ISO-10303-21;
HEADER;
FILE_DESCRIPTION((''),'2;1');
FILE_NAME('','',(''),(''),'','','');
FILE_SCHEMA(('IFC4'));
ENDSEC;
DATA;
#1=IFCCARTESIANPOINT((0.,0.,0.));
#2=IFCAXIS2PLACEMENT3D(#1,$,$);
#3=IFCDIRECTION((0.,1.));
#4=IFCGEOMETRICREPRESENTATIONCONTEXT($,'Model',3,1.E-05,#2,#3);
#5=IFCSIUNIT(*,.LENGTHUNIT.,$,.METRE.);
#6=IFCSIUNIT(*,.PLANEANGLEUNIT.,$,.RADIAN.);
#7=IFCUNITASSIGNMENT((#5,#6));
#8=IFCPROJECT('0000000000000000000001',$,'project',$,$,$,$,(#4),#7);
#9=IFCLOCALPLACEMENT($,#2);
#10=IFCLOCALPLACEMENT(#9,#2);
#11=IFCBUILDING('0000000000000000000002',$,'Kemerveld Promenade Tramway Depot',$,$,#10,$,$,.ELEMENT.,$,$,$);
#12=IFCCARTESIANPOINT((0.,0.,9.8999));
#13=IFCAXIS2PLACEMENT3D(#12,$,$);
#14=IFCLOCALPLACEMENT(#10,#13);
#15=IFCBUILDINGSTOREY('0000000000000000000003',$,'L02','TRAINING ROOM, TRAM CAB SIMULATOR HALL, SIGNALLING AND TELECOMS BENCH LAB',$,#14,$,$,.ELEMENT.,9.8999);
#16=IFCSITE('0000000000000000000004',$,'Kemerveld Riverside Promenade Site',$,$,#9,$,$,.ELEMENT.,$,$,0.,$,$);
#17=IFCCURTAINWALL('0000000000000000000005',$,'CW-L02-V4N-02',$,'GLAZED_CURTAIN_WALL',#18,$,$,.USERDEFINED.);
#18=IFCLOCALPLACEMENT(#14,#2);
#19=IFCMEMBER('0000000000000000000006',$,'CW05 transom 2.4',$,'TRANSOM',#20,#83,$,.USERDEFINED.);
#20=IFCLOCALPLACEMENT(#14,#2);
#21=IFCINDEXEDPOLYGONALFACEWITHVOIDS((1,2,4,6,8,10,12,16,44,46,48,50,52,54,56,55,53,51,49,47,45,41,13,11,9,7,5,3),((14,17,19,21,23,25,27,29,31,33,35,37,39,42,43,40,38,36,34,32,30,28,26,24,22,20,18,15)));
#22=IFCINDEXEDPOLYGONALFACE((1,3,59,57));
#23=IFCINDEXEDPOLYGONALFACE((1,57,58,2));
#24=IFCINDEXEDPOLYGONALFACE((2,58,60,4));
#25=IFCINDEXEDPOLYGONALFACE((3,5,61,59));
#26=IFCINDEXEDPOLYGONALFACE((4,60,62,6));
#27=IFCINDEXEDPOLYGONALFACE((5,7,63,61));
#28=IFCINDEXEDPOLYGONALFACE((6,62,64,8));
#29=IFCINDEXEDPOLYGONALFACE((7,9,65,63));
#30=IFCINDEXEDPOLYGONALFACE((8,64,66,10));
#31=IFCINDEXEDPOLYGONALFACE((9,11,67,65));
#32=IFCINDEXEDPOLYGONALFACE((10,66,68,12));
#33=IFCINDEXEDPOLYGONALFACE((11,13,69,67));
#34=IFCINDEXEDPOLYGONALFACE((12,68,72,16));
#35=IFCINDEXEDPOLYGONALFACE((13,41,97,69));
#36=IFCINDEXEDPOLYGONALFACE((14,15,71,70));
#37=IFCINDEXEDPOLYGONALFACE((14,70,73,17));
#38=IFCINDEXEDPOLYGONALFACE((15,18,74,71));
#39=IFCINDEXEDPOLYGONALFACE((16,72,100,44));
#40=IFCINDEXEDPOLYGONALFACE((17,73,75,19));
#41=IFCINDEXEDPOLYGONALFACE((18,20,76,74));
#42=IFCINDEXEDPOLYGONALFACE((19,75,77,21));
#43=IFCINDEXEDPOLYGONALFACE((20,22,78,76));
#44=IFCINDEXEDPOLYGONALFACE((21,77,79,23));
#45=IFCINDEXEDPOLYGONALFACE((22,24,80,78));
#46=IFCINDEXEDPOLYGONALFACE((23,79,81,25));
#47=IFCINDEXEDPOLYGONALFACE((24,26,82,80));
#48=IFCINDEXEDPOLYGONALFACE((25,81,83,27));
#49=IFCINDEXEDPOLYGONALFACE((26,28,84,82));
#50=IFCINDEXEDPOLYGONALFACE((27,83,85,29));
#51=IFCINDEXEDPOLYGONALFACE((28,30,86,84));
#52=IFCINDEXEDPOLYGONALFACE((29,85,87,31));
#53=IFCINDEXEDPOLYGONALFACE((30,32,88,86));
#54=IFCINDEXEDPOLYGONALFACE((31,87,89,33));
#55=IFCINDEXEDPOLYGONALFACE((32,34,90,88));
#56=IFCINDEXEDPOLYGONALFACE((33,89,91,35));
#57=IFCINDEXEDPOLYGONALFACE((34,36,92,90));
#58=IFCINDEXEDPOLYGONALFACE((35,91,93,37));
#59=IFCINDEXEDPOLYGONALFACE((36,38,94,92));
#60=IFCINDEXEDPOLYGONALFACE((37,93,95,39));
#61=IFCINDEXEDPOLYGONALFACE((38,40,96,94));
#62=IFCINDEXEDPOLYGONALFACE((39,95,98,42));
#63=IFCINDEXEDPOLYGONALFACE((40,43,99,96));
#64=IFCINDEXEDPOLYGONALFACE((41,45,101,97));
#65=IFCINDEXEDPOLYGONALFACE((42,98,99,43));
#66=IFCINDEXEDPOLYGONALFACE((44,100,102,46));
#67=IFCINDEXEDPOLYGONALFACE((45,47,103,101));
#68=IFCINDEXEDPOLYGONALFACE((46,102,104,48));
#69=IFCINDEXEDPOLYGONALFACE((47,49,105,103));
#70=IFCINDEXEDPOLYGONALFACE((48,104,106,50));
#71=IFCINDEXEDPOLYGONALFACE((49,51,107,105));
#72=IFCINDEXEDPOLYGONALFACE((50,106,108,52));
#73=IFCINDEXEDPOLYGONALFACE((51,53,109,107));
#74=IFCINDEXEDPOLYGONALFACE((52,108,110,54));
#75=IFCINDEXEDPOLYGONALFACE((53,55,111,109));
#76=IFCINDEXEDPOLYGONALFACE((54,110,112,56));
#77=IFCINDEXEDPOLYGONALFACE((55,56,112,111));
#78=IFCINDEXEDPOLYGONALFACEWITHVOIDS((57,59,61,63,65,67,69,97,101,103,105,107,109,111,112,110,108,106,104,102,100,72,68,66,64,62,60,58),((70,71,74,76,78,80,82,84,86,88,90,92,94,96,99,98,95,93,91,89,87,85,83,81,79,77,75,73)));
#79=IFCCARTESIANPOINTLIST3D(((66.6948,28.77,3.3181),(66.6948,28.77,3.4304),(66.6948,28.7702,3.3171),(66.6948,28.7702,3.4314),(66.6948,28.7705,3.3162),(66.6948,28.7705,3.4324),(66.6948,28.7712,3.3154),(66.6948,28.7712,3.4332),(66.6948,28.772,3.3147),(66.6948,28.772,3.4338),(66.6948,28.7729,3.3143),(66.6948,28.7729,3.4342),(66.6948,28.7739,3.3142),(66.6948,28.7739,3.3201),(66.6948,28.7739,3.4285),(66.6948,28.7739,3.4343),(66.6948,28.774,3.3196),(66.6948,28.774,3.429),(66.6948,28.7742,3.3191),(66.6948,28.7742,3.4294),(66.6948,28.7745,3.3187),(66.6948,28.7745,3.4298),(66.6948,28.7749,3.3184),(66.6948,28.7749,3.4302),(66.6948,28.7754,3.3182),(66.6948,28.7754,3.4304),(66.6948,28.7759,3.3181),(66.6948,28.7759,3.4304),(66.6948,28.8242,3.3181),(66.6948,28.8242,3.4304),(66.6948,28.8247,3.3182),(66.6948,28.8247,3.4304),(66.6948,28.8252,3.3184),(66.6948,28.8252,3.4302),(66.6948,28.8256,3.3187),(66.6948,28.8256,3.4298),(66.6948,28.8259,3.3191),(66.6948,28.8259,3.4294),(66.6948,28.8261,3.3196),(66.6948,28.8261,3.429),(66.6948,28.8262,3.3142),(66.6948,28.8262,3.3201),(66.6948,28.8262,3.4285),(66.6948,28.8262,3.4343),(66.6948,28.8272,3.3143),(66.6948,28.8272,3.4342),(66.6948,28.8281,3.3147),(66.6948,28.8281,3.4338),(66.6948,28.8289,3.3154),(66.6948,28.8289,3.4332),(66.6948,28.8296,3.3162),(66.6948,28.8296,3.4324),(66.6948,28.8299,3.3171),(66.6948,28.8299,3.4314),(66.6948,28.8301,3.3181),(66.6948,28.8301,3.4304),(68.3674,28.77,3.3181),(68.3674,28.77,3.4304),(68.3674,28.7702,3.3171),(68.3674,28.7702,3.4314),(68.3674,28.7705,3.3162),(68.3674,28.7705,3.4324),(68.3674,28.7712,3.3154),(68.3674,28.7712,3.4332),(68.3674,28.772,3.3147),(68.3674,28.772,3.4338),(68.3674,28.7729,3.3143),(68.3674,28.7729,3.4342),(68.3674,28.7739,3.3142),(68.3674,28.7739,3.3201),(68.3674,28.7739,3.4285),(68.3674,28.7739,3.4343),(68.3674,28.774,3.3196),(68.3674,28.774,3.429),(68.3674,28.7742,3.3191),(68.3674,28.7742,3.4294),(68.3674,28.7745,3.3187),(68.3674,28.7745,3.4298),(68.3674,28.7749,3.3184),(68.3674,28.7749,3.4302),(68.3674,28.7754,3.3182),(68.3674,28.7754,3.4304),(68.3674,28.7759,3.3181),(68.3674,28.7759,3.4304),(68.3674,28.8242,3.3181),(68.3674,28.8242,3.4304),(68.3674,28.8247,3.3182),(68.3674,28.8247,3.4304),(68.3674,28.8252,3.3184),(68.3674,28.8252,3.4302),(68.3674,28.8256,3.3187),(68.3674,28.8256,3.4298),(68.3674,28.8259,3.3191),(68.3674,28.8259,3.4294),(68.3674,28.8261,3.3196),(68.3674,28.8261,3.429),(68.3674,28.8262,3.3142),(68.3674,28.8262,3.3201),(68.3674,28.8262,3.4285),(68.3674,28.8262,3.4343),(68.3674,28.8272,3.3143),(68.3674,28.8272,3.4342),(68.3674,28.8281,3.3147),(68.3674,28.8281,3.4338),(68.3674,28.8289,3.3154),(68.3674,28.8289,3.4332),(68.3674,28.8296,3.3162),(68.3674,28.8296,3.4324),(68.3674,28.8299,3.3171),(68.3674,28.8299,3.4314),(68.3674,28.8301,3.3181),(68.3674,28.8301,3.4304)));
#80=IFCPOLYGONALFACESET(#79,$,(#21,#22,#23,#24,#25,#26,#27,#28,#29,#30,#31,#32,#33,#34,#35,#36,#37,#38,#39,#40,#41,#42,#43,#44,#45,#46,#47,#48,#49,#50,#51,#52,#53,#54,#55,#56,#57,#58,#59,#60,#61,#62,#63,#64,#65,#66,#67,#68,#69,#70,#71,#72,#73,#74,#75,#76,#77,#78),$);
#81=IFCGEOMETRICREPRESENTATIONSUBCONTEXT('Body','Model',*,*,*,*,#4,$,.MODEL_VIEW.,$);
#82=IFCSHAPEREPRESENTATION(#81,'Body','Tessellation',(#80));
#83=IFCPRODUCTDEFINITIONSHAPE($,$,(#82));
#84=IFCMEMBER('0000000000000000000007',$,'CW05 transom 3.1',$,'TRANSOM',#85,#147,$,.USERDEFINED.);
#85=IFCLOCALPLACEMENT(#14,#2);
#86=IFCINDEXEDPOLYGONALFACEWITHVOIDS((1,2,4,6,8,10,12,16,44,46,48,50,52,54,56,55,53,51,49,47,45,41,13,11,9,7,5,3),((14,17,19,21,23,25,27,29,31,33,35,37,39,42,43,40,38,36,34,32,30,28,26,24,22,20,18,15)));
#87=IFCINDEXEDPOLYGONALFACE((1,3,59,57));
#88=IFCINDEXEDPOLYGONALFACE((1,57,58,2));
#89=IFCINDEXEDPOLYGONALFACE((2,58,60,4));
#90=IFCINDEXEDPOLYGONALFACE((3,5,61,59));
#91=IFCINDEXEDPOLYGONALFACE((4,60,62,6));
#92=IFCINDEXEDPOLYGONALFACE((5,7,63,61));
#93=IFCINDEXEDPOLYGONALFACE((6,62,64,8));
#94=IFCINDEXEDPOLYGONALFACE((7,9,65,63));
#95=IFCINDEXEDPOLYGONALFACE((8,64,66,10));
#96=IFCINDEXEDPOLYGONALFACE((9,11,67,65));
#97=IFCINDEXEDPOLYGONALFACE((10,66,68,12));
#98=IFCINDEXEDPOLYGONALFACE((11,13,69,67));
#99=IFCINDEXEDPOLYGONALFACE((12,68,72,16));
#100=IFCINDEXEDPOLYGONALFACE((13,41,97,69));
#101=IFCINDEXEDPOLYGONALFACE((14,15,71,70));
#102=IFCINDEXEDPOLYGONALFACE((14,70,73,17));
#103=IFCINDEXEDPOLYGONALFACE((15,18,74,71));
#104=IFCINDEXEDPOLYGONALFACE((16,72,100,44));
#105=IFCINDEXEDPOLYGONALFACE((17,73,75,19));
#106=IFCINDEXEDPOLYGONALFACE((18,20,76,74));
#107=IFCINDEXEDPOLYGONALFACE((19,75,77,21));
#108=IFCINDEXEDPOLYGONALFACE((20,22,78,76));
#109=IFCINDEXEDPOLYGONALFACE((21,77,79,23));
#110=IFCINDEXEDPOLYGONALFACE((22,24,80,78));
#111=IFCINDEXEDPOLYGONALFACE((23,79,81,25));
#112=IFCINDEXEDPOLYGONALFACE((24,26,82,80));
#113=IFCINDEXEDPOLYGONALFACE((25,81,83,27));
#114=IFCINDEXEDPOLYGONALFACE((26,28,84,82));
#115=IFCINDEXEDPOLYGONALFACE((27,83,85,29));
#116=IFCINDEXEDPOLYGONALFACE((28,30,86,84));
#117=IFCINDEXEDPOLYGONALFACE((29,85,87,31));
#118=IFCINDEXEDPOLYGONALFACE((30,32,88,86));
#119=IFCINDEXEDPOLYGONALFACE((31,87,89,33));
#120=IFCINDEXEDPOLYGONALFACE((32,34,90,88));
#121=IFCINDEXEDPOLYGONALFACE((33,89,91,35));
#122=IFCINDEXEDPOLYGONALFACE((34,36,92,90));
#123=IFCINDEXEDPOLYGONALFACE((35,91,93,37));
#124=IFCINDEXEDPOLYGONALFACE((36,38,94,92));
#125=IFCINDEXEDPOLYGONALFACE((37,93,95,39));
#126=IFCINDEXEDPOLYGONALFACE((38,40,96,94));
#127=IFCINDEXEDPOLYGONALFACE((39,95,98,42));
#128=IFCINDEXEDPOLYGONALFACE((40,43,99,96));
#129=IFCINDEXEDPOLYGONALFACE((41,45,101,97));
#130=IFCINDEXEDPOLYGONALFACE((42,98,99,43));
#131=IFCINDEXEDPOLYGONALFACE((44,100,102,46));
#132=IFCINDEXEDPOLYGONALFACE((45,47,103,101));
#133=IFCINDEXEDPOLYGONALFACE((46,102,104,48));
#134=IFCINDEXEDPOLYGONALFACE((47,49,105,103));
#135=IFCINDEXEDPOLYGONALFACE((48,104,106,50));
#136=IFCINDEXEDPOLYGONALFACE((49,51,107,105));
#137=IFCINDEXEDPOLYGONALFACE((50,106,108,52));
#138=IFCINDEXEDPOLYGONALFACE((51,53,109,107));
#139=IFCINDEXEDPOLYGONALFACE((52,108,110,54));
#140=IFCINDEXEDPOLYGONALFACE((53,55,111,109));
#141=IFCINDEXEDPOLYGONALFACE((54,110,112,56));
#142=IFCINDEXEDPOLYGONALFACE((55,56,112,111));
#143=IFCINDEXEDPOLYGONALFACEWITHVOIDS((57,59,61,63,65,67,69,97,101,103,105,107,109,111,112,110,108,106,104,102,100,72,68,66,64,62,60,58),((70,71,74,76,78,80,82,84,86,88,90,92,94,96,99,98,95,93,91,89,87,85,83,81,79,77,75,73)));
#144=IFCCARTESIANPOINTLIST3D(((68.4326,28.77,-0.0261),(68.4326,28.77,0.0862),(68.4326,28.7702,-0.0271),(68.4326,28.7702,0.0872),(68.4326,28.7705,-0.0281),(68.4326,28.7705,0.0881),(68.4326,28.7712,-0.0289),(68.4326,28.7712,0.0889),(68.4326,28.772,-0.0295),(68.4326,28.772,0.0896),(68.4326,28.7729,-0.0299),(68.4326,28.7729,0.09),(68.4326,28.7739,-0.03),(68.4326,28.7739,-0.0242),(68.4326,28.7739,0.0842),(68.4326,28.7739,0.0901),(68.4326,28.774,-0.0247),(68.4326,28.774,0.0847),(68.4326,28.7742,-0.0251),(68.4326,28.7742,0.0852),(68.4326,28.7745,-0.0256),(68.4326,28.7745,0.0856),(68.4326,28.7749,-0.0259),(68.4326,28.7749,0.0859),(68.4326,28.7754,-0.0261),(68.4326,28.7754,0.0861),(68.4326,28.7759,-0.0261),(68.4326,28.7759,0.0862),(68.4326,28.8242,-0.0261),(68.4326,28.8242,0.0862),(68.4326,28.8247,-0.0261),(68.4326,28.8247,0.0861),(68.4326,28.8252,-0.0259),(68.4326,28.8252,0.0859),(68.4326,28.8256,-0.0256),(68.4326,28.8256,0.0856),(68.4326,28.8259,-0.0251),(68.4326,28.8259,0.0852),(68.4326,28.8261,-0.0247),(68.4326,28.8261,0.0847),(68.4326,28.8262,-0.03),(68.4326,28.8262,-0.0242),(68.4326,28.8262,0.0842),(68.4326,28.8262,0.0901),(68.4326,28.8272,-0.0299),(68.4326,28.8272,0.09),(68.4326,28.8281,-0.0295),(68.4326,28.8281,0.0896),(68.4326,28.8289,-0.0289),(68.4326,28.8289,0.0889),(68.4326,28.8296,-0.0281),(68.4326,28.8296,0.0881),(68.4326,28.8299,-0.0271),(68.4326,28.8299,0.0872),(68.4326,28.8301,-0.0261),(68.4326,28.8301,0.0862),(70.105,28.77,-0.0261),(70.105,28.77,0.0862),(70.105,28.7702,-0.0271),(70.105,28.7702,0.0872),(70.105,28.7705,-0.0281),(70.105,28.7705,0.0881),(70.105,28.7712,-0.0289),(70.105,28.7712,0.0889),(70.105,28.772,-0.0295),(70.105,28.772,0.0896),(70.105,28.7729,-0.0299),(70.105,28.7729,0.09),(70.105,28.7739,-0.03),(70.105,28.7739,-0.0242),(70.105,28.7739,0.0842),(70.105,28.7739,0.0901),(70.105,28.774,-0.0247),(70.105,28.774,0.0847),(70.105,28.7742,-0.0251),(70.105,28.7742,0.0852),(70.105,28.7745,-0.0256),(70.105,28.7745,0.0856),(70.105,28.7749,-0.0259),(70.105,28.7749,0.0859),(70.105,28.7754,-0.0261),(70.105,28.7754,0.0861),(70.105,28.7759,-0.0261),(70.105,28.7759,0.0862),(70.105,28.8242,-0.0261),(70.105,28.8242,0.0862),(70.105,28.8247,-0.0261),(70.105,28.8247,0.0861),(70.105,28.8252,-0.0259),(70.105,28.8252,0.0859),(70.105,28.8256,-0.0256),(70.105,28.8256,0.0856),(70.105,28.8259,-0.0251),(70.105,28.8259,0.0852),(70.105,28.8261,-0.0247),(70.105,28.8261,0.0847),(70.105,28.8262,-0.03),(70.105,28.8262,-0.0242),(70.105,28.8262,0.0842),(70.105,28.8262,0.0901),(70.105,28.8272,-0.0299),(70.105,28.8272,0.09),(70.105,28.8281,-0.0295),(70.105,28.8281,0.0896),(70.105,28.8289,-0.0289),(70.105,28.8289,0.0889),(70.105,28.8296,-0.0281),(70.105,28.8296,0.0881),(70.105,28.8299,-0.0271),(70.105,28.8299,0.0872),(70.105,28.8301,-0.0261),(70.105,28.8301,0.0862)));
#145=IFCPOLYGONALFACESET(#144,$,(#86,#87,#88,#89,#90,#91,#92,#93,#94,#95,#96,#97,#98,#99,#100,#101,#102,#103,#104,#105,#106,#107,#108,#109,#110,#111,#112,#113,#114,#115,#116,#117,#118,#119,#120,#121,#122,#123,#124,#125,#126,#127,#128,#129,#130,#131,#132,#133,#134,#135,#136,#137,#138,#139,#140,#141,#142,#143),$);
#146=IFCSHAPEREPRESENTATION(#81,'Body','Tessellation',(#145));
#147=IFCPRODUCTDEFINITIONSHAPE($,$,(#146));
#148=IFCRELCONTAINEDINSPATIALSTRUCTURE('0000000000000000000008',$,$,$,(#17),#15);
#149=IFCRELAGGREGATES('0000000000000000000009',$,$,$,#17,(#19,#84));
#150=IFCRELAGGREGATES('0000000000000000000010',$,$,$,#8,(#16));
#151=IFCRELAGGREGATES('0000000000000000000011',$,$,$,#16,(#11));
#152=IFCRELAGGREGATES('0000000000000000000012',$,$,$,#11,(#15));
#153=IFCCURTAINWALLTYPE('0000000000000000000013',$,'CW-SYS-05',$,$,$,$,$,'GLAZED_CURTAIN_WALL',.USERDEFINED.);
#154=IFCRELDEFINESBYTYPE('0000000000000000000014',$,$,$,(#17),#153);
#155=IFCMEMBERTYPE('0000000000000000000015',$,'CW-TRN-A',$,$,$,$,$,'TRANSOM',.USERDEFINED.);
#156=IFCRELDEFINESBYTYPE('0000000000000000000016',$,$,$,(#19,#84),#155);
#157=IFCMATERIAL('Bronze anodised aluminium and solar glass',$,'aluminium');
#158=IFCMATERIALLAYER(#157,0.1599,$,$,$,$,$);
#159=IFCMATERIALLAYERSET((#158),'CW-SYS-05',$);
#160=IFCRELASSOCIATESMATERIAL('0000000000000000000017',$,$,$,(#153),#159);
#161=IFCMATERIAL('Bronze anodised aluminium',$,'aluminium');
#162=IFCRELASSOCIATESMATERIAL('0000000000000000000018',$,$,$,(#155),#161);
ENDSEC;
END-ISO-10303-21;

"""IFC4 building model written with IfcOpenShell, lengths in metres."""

from ifc_helpers import new_model, si_unit, direction, frame, origin, origin_2d, place, context, subcontext, project, spatial, hollow_rectangle, extrude, material, layer, layer_set, material_profile, profile_set, type_object, element, aggregate, save


model = new_model("IFC4")

# Units and contexts
model_context = context("Model", 3, precision=1e-05, world=origin(), true_north=direction((0.0, 1.0)))
body_context = subcontext(model_context, "Body", "Model", "MODEL_VIEW")
ifc_project = project(units=[si_unit("LENGTHUNIT", "METRE"), si_unit("PLANEANGLEUNIT", "RADIAN")], contexts=[model_context])

# Site, building, storey
site_placement = place(None, origin())
site = spatial("IfcSite", under=ifc_project, at=site_placement, Name="Kemerveld Riverside Promenade Site", CompositionType="ELEMENT", RefElevation=0.0)
building_placement = place(site_placement, origin())
building = spatial("IfcBuilding", under=site, at=building_placement, Name="Kemerveld Promenade Tramway Depot", CompositionType="ELEMENT")
storey_placement = place(building_placement, frame((0.0, 0.0, 9.8999)))
storey = spatial("IfcBuildingStorey", under=building, at=storey_placement, Name="L02", Description="TRAINING ROOM, TRAM CAB SIMULATOR HALL, SIGNALLING AND TELECOMS BENCH LAB", CompositionType="ELEMENT", Elevation=9.8999)

# Curtain wall, members
ifc_material_1 = material(Name="Bronze anodised aluminium and solar glass", Category="aluminium")
ifc_layer_1 = layer(ifc_material_1, 0.1599)
ifc_layer_set_1 = layer_set([ifc_layer_1], Name="CW-SYS-05")
curtain_wall_type = type_object("IfcCurtainWallType", Name="CW-SYS-05", ElementType="GLAZED_CURTAIN_WALL", PredefinedType="USERDEFINED", material=ifc_layer_set_1)
curtain_wall_placement = place(storey_placement, origin())
curtain_wall = element("IfcCurtainWall", 1, at=curtain_wall_placement, inside=storey, type_object=curtain_wall_type, Name="CW-L02-V4N-02", ObjectType="GLAZED_CURTAIN_WALL", PredefinedType="USERDEFINED")
ifc_material_2 = material(Name="Bronze anodised aluminium", Category="aluminium")
ifc_material_profile_1 = material_profile(ifc_material_2, hollow_rectangle(XDim=0.0601, YDim=0.1201, WallThickness=0.0039, InnerFilletRadius=0.002, OuterFilletRadius=0.0039, at=origin_2d()), Name="CW-TRN-120x60")
ifc_profile_set_1 = profile_set([ifc_material_profile_1], Name="Bronze anodised aluminium")
member_type_1 = type_object("IfcMemberType", Name="CW-TRN-A", ElementType="TRANSOM", PredefinedType="USERDEFINED", material=ifc_profile_set_1)
member_1_placement = place(storey_placement, frame((66.6948, 28.8, 3.3743), z_axis=(1.0, 0.0, 0.0), x_axis=(0.0, 1.0, 0.0)))
member_1 = element("IfcMember", 2, at=member_1_placement, type_object=member_type_1, Name="CW05 transom 2.4", ObjectType="TRANSOM", PredefinedType="USERDEFINED", context=body_context, shape_type="SweptSolid", body=[
    extrude(hollow_rectangle(XDim=0.0601, YDim=0.1201, WallThickness=0.0039, InnerFilletRadius=0.002, OuterFilletRadius=0.0039, at=origin_2d()), origin(), (0.0, 0.0, 1.0), 1.6726),
])
member_2_placement = place(storey_placement, frame((68.4326, 28.8, 0.03), z_axis=(1.0, 0.0, 0.0), x_axis=(0.0, 1.0, 0.0)))
member_2 = element("IfcMember", 3, at=member_2_placement, type_object=member_type_1, Name="CW05 transom 3.1", ObjectType="TRANSOM", PredefinedType="USERDEFINED", context=body_context, shape_type="SweptSolid", body=[
    extrude(hollow_rectangle(XDim=0.0601, YDim=0.1201, WallThickness=0.0039, InnerFilletRadius=0.002, OuterFilletRadius=0.0039, at=origin_2d()), origin(), (0.0, 0.0, 1.0), 1.6724),
])
aggregate(curtain_wall, [member_1, member_2])

save(model, "model.ifc")
